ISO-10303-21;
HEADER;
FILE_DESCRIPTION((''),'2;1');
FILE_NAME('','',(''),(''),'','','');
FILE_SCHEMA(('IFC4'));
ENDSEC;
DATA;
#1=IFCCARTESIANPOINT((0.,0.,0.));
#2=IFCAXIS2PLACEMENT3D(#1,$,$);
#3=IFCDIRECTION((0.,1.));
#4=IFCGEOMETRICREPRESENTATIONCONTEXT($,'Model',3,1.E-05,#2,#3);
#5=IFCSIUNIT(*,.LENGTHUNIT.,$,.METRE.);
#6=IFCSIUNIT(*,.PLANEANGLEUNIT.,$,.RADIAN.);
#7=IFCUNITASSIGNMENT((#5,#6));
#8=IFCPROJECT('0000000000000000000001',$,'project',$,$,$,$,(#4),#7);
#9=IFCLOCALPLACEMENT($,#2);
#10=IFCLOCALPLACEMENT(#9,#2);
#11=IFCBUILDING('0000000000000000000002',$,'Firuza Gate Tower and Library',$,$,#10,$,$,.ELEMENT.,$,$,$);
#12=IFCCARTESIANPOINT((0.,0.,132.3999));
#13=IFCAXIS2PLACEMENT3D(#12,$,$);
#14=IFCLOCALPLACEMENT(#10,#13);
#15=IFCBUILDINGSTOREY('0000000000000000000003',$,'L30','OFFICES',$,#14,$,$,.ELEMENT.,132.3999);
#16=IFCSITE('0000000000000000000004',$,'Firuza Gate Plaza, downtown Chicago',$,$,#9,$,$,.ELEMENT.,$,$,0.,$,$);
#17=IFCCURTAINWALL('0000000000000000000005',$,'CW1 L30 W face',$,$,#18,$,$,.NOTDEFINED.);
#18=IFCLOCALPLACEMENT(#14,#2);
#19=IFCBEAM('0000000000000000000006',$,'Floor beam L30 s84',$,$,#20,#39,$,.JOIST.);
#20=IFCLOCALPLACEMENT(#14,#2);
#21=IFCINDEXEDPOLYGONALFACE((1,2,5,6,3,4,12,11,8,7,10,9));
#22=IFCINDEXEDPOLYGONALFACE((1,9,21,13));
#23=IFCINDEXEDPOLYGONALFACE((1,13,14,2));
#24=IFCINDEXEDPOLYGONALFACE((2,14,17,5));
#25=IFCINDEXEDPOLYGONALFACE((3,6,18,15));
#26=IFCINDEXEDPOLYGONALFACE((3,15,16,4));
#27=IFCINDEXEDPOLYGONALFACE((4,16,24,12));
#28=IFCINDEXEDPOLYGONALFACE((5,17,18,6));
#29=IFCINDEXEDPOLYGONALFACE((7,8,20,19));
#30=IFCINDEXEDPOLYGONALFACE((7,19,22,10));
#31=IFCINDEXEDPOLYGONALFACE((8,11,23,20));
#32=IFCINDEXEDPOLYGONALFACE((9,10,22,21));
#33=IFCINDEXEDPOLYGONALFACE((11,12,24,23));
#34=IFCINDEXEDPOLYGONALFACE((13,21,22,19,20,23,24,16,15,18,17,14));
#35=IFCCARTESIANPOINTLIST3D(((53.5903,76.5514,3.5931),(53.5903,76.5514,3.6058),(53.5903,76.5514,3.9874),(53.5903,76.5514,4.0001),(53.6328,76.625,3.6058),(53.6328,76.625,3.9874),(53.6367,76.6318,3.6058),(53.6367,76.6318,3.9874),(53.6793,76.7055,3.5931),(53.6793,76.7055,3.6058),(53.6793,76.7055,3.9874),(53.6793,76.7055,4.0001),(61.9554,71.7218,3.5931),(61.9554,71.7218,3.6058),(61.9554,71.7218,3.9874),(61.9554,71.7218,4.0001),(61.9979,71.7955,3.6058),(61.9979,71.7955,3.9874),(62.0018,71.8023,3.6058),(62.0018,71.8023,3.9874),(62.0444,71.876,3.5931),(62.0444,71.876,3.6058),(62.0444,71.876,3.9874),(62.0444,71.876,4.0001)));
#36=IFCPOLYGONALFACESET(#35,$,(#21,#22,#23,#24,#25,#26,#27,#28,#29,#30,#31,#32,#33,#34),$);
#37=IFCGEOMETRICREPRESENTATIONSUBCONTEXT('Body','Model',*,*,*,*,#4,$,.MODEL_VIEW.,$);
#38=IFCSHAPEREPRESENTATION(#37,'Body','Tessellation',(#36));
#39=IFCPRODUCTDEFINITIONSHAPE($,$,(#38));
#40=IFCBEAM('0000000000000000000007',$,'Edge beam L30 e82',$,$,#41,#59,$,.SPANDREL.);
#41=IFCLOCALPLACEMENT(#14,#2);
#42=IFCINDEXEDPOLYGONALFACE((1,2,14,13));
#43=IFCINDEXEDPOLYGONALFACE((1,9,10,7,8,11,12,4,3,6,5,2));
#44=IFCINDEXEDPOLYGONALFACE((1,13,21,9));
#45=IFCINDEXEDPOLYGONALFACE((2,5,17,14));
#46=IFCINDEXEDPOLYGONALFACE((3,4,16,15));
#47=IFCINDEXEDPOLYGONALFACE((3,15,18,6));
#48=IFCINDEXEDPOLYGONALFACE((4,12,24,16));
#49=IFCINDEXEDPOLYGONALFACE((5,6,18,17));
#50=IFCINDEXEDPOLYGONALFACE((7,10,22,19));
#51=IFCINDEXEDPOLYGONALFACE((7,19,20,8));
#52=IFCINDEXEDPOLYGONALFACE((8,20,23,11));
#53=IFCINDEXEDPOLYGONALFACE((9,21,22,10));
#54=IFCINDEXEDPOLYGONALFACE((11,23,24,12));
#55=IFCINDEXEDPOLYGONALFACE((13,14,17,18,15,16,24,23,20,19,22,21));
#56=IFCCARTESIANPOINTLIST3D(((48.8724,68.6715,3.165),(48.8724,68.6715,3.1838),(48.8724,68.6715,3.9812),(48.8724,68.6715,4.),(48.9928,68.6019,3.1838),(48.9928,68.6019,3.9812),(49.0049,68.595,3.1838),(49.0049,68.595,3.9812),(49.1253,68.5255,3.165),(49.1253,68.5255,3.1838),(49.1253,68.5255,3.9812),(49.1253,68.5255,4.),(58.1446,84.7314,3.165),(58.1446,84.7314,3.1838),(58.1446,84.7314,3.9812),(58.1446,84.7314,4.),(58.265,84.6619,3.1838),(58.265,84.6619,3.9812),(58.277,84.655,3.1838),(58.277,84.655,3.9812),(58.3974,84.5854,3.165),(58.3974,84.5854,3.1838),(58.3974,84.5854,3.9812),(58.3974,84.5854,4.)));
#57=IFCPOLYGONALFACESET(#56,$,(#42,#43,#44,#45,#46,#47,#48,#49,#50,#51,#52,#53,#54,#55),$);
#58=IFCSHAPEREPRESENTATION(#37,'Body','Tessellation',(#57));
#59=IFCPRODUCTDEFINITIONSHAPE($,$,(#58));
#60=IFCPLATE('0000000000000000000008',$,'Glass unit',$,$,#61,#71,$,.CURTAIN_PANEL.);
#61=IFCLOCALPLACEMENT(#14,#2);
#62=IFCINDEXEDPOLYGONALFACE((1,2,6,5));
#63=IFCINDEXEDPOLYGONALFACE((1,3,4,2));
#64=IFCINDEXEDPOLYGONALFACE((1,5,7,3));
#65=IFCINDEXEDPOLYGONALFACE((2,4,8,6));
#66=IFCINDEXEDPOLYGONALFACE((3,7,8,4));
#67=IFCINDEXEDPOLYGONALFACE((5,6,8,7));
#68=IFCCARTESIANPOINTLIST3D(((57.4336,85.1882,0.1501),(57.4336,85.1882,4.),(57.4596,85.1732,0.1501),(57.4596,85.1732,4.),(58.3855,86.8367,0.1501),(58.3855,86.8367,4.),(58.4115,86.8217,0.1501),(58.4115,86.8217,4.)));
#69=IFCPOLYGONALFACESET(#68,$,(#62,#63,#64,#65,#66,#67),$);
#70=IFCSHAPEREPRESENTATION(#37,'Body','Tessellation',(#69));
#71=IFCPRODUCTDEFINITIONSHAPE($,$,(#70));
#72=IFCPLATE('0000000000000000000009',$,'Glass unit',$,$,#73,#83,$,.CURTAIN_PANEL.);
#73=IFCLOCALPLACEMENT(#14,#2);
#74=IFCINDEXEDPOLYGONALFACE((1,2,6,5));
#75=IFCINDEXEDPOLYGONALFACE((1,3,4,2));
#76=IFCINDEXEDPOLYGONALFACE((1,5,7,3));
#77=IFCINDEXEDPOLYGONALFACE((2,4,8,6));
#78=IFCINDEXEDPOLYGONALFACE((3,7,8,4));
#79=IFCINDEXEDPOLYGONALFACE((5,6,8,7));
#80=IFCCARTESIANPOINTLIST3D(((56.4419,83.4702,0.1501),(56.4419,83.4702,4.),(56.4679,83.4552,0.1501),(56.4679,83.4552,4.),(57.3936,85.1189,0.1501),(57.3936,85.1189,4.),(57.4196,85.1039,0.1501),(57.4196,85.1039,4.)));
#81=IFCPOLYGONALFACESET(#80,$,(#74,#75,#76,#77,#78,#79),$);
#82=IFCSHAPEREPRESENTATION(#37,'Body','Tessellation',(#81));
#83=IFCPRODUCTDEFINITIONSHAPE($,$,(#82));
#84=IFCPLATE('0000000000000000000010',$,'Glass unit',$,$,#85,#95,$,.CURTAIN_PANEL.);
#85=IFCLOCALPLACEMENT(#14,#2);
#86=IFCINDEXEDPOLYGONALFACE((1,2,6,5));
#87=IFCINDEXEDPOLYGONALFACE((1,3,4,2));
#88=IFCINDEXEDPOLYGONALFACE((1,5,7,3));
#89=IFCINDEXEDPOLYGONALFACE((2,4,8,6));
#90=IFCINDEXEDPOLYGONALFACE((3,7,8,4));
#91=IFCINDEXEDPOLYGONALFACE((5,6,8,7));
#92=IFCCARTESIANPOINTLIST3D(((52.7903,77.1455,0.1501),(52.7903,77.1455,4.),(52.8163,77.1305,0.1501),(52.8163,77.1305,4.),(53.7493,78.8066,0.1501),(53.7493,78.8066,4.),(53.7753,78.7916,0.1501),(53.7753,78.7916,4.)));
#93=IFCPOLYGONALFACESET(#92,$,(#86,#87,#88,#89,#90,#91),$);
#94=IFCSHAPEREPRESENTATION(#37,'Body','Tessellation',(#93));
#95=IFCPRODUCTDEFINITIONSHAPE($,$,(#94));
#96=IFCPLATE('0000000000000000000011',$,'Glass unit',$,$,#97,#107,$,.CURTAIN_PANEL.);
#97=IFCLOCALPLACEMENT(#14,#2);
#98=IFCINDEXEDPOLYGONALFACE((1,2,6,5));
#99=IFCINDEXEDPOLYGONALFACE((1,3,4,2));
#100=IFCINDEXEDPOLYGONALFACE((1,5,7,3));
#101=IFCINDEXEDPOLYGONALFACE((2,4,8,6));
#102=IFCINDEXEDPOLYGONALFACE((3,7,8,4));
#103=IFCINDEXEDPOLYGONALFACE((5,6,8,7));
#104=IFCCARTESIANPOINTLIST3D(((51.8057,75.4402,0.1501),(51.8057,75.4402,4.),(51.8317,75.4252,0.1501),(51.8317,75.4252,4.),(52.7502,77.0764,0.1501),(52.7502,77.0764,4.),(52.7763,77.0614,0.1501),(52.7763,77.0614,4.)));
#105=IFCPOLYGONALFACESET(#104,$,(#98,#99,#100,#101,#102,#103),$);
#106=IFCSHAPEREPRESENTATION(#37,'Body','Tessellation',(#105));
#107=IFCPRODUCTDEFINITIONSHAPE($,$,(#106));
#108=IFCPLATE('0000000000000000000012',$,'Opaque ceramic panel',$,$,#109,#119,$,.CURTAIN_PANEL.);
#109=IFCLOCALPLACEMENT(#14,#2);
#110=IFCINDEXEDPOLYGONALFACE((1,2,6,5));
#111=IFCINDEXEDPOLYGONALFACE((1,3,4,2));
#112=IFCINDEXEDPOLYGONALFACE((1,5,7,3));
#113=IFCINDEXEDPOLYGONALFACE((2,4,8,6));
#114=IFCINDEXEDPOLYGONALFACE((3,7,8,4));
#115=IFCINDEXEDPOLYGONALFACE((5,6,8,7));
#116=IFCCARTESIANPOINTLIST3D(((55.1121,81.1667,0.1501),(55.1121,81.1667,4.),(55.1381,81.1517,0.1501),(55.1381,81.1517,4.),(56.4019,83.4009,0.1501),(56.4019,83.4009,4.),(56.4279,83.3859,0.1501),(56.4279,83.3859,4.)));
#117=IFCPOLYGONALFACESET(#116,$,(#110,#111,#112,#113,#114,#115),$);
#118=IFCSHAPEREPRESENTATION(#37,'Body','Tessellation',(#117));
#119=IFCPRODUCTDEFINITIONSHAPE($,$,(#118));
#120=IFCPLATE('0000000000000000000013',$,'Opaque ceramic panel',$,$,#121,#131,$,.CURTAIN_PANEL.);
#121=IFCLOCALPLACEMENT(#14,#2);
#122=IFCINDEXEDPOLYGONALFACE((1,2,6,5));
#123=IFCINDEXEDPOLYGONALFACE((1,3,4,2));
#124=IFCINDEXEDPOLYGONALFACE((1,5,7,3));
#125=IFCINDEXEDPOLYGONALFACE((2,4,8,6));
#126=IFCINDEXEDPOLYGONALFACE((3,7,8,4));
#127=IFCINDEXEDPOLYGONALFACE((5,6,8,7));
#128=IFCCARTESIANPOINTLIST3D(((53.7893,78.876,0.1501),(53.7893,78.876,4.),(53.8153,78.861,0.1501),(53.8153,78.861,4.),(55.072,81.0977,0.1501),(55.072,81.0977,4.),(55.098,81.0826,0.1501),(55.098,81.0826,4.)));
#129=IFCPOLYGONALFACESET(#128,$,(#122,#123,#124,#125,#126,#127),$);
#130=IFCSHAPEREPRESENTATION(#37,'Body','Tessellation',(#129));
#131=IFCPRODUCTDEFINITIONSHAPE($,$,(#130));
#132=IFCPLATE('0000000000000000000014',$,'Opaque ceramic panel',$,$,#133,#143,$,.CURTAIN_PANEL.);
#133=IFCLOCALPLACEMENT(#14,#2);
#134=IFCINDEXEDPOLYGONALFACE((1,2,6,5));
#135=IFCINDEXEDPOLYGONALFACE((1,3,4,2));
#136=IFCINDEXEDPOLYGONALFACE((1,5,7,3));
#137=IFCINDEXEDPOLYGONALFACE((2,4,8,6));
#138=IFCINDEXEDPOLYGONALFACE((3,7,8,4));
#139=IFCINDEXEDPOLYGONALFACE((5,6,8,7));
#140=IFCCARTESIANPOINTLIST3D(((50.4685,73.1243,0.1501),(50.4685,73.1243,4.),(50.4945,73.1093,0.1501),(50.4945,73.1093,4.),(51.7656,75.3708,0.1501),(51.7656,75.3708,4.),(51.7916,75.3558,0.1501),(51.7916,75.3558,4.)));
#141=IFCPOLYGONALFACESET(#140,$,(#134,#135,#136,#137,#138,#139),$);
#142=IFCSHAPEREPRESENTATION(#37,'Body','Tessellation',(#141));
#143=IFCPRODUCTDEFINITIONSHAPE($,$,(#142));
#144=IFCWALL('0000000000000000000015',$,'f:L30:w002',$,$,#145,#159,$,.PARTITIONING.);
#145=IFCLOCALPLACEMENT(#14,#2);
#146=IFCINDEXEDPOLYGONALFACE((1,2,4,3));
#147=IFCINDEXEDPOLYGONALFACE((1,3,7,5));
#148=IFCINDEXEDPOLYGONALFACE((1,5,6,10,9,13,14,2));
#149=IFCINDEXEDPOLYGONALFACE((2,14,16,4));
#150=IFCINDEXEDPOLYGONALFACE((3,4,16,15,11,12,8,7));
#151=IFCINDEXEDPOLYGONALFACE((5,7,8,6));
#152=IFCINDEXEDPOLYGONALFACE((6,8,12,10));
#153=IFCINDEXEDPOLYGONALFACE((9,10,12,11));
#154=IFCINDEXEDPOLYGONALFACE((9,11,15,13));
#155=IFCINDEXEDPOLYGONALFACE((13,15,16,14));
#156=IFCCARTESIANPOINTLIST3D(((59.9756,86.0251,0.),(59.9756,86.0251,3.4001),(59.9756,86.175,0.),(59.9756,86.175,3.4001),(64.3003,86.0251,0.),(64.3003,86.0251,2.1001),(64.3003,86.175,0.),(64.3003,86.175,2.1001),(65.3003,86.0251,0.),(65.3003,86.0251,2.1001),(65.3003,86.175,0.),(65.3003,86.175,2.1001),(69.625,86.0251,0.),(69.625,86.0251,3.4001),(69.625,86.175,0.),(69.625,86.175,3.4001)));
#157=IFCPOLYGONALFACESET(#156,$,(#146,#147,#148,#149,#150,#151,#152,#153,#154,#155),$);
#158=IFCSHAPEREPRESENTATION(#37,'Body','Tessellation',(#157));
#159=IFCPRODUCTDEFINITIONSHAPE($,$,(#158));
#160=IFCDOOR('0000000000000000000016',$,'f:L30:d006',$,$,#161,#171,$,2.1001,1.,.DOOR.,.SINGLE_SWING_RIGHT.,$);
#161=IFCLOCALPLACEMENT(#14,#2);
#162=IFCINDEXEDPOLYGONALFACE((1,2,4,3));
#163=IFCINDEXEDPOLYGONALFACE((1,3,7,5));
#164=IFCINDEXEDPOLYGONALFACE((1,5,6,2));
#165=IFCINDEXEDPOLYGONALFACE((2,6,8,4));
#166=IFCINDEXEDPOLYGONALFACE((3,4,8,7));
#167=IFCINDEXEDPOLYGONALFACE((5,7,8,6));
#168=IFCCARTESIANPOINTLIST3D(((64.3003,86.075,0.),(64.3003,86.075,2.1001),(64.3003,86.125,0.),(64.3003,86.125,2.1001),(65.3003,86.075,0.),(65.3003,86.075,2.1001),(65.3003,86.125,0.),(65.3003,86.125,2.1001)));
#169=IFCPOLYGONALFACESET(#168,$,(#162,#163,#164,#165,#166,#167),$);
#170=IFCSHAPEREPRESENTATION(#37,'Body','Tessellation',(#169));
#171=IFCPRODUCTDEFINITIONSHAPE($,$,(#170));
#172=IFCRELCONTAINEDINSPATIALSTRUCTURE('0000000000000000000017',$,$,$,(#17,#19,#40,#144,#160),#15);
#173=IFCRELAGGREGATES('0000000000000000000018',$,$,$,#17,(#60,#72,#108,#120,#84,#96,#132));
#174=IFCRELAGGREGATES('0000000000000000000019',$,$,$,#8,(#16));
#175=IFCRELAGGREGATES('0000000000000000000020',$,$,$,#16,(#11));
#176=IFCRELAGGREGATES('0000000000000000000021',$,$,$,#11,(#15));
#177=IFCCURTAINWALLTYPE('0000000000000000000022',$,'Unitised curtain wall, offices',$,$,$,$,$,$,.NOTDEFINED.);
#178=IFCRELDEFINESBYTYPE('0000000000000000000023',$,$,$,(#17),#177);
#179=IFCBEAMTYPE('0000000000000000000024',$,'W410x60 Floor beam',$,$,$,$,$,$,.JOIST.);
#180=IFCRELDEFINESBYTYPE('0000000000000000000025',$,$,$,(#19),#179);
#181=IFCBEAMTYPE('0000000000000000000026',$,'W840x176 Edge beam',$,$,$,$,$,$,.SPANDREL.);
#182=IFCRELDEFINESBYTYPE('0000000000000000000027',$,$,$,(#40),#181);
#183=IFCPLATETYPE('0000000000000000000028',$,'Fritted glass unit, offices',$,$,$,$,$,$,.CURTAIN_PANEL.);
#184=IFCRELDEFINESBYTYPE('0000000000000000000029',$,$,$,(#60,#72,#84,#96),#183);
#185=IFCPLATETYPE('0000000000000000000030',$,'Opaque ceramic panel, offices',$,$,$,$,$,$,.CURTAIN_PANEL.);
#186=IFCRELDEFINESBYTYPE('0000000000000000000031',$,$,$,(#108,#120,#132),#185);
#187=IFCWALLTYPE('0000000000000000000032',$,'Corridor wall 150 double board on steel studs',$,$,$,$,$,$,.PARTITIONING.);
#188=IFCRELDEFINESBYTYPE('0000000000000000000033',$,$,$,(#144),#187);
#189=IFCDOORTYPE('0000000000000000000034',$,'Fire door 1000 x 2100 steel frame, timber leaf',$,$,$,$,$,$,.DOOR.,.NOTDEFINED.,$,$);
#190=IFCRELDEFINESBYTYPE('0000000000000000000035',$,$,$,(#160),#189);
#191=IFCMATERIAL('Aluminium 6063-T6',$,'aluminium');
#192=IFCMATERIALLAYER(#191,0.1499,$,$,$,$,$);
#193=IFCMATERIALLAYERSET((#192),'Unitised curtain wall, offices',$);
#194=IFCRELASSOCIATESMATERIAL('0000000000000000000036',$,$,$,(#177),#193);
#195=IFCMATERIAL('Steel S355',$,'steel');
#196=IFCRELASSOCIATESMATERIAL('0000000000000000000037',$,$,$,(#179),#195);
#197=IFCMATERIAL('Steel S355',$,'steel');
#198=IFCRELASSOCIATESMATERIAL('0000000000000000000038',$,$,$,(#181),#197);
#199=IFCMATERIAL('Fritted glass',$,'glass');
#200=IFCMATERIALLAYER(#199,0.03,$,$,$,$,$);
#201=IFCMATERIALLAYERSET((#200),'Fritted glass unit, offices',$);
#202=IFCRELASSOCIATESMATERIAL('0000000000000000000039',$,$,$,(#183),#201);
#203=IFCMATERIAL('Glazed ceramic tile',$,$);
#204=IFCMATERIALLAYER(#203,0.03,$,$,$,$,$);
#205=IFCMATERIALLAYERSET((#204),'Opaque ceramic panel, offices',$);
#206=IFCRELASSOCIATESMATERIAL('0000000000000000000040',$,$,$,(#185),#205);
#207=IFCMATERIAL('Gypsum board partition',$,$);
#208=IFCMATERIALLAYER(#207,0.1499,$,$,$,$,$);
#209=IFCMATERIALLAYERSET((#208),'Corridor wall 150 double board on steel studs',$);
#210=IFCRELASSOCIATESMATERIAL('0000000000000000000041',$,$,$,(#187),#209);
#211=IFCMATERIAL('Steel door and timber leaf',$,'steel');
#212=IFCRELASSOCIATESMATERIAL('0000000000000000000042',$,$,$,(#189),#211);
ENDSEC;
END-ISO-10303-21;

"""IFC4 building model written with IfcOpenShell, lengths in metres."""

from ifc_helpers import new_model, si_unit, direction, frame, frame_2d, origin, origin_2d, place, context, subcontext, project, spatial, polyline, rectangle, i_section, outline, extrude, material, layer, layer_set, material_profile, profile_set, type_object, element, fill, aggregate, save


model = new_model("IFC4")

# Units and contexts
model_context = context("Model", 3, precision=1e-05, world=origin(), true_north=direction((0.0, 1.0)))
body_context = subcontext(model_context, "Body", "Model", "MODEL_VIEW")
ifc_project = project(units=[si_unit("LENGTHUNIT", "METRE"), si_unit("PLANEANGLEUNIT", "RADIAN")], contexts=[model_context])

# Site, building, storey
site_placement = place(None, origin())
site = spatial("IfcSite", under=ifc_project, at=site_placement, Name="Firuza Gate Plaza, downtown Chicago", CompositionType="ELEMENT", RefElevation=0.0)
building_placement = place(site_placement, origin())
building = spatial("IfcBuilding", under=site, at=building_placement, Name="Firuza Gate Tower and Library", CompositionType="ELEMENT")
storey_placement = place(building_placement, frame((0.0, 0.0, 132.3999)))
storey = spatial("IfcBuildingStorey", under=building, at=storey_placement, Name="L30", Description="OFFICES", CompositionType="ELEMENT", Elevation=132.3999)

# Curtain wall
ifc_material_1 = material(Name="Aluminium 6063-T6", Category="aluminium")
ifc_layer_1 = layer(ifc_material_1, 0.1499)
ifc_layer_set_1 = layer_set([ifc_layer_1], Name="Unitised curtain wall, offices")
curtain_wall_type = type_object("IfcCurtainWallType", Name="Unitised curtain wall, offices", PredefinedType="NOTDEFINED", material=ifc_layer_set_1)
curtain_wall_placement = place(storey_placement, origin())
curtain_wall = element("IfcCurtainWall", 1, at=curtain_wall_placement, inside=storey, type_object=curtain_wall_type, Name="CW1 L30 W face", PredefinedType="NOTDEFINED")

# Beams
ifc_material_2 = material(Name="Steel S355", Category="steel")
ifc_material_profile_1 = material_profile(ifc_material_2, i_section(OverallWidth=0.178, OverallDepth=0.407, WebThickness=0.0078, FlangeThickness=0.0127, at=origin_2d()))
ifc_profile_set_1 = profile_set([ifc_material_profile_1], Name="Steel S355")
beam_type_1 = type_object("IfcBeamType", Name="W410x60 Floor beam", PredefinedType="JOIST", material=ifc_profile_set_1)
beam_1_placement = place(storey_placement, frame((53.6348, 76.6284, 3.7966), z_axis=(0.866029, -0.499994, 0.0), x_axis=(0.499994, 0.866029, 0.0)))
element("IfcBeam", 2, at=beam_1_placement, inside=storey, type_object=beam_type_1, Name="Floor beam L30 s84", PredefinedType="JOIST", context=body_context, shape_type="SweptSolid", body=[
    extrude(i_section(OverallWidth=0.178, OverallDepth=0.407, WebThickness=0.0078, FlangeThickness=0.0127, at=origin_2d()), origin(), (0.0, 0.0, 1.0), 9.6592),
])
ifc_material_3 = material(Name="Steel S355", Category="steel")
ifc_material_profile_2 = material_profile(ifc_material_3, i_section(OverallWidth=0.292, OverallDepth=0.835, WebThickness=0.0139, FlangeThickness=0.0188, at=origin_2d()))
ifc_profile_set_2 = profile_set([ifc_material_profile_2], Name="Steel S355")
beam_type_2 = type_object("IfcBeamType", Name="W840x176 Edge beam", PredefinedType="SPANDREL", material=ifc_profile_set_2)
beam_2_placement = place(storey_placement, frame((58.271, 84.6584, 3.5825), z_axis=(-0.499997, -0.866027, 0.0), x_axis=(0.866027, -0.499997, 0.0)))
element("IfcBeam", 3, at=beam_2_placement, inside=storey, type_object=beam_type_2, Name="Edge beam L30 e82", PredefinedType="SPANDREL", context=body_context, shape_type="SweptSolid", body=[
    extrude(i_section(OverallWidth=0.292, OverallDepth=0.835, WebThickness=0.0139, FlangeThickness=0.0188, at=origin_2d()), origin(), (0.0, 0.0, 1.0), 18.5444),
])

# Plates
ifc_material_4 = material(Name="Fritted glass", Category="glass")
ifc_layer_2 = layer(ifc_material_4, 0.03)
ifc_layer_set_2 = layer_set([ifc_layer_2], Name="Fritted glass unit, offices")
plate_type_1 = type_object("IfcPlateType", Name="Fritted glass unit, offices", PredefinedType="CURTAIN_PANEL", material=ifc_layer_set_2)
plate_1_placement = place(storey_placement, frame((58.3855, 86.8367, 0.1501), z_axis=(-0.865985, 0.50007, 0.0), x_axis=(-0.50007, -0.865985, 0.0)))
plate_1 = element("IfcPlate", 4, at=plate_1_placement, type_object=plate_type_1, Name="Glass unit", PredefinedType="CURTAIN_PANEL", context=body_context, shape_type="SweptSolid", body=[
    extrude(outline(polyline([(0.0, 0.0), (1.9035, 0.0), (1.9035, 3.8499), (0.0, 3.8499), (0.0, 0.0)])), origin(), (0.0, 0.0, -1.0), 0.03),
])
plate_2_placement = place(storey_placement, frame((57.3936, 85.1189, 0.1501), z_axis=(-0.866072, 0.499919, 0.0), x_axis=(-0.499919, -0.866072, 0.0)))
plate_2 = element("IfcPlate", 5, at=plate_2_placement, type_object=plate_type_1, Name="Glass unit", PredefinedType="CURTAIN_PANEL", context=body_context, shape_type="SweptSolid", body=[
    extrude(outline(polyline([(0.0, 0.0), (1.9036, 0.0), (1.9036, 3.8499), (0.0, 3.8499), (0.0, 0.0)])), origin(), (0.0, 0.0, -1.0), 0.03),
])
plate_3_placement = place(storey_placement, frame((53.7493, 78.8066, 0.1501), z_axis=(-0.866041, 0.499972, 0.0), x_axis=(-0.499972, -0.866041, 0.0)))
plate_3 = element("IfcPlate", 6, at=plate_3_placement, type_object=plate_type_1, Name="Glass unit", PredefinedType="CURTAIN_PANEL", context=body_context, shape_type="SweptSolid", body=[
    extrude(outline(polyline([(0.0, 0.0), (1.9181, 0.0), (1.9181, 3.8499), (0.0, 3.8499), (0.0, 0.0)])), origin(), (0.0, 0.0, -1.0), 0.03),
])
plate_4_placement = place(storey_placement, frame((52.7502, 77.0764, 0.1501), z_axis=(-0.866048, 0.499961, 0.0), x_axis=(-0.499961, -0.866048, 0.0)))
plate_4 = element("IfcPlate", 7, at=plate_4_placement, type_object=plate_type_1, Name="Glass unit", PredefinedType="CURTAIN_PANEL", context=body_context, shape_type="SweptSolid", body=[
    extrude(outline(polyline([(0.0, 0.0), (1.8893, 0.0), (1.8893, 3.8499), (0.0, 3.8499), (0.0, 0.0)])), origin(), (0.0, 0.0, -1.0), 0.03),
])
ifc_material_5 = material(Name="Glazed ceramic tile")
ifc_layer_3 = layer(ifc_material_5, 0.03)
ifc_layer_set_3 = layer_set([ifc_layer_3], Name="Opaque ceramic panel, offices")
plate_type_2 = type_object("IfcPlateType", Name="Opaque ceramic panel, offices", PredefinedType="CURTAIN_PANEL", material=ifc_layer_set_3)
plate_5_placement = place(storey_placement, frame((56.4019, 83.4009, 0.1501), z_axis=(-0.866039, 0.499976, 0.0), x_axis=(-0.499976, -0.866039, 0.0)))
plate_5 = element("IfcPlate", 8, at=plate_5_placement, type_object=plate_type_2, Name="Opaque ceramic panel", PredefinedType="CURTAIN_PANEL", context=body_context, shape_type="SweptSolid", body=[
    extrude(outline(polyline([(0.0, 0.0), (2.5797, 0.0), (2.5797, 3.8499), (0.0, 3.8499), (0.0, 0.0)])), origin(), (0.0, 0.0, -1.0), 0.03),
])
plate_6_placement = place(storey_placement, frame((55.072, 81.0977, 0.1501), z_axis=(-0.866021, 0.500008, 0.0), x_axis=(-0.500008, -0.866021, 0.0)))
plate_6 = element("IfcPlate", 9, at=plate_6_placement, type_object=plate_type_2, Name="Opaque ceramic panel", PredefinedType="CURTAIN_PANEL", context=body_context, shape_type="SweptSolid", body=[
    extrude(outline(polyline([(0.0, 0.0), (2.5654, 0.0), (2.5654, 3.8499), (0.0, 3.8499), (0.0, 0.0)])), origin(), (0.0, 0.0, -1.0), 0.03),
])
plate_7_placement = place(storey_placement, frame((51.7656, 75.3708, 0.1501), z_axis=(-0.866016, 0.500016, 0.0), x_axis=(-0.500016, -0.866016, 0.0)))
plate_7 = element("IfcPlate", 10, at=plate_7_placement, type_object=plate_type_2, Name="Opaque ceramic panel", PredefinedType="CURTAIN_PANEL", context=body_context, shape_type="SweptSolid", body=[
    extrude(outline(polyline([(0.0, 0.0), (2.5942, 0.0), (2.5942, 3.8499), (0.0, 3.8499), (0.0, 0.0)])), origin(), (0.0, 0.0, -1.0), 0.03),
])
aggregate(curtain_wall, [plate_1, plate_2, plate_5, plate_6, plate_3, plate_4, plate_7])

# Wall, opening, door
ifc_material_6 = material(Name="Gypsum board partition")
ifc_layer_4 = layer(ifc_material_6, 0.1499)
ifc_layer_set_4 = layer_set([ifc_layer_4], Name="Corridor wall 150 double board on steel studs")
wall_type_1 = type_object("IfcWallType", Name="Corridor wall 150 double board on steel studs", PredefinedType="PARTITIONING", material=ifc_layer_set_4)
wall_1_placement = place(storey_placement, frame((59.9756, 86.1001, 0.0), z_axis=(0.0, 0.0, 1.0), x_axis=(1.0, 0.0, 0.0)))
wall_1 = element("IfcWall", 11, at=wall_1_placement, inside=storey, type_object=wall_type_1, Name="f:L30:w002", PredefinedType="PARTITIONING", context=body_context, shape_type="SweptSolid", body=[
    extrude(rectangle(XDim=9.6494, YDim=0.1499, at=frame_2d((4.8247, 0.0))), origin(), (0.0, 0.0, 1.0), 3.4001),
])
opening_1_placement = place(wall_1_placement, frame((4.3247, 0.0, 0.0)))
opening_1 = element("IfcOpeningElement", 12, at=opening_1_placement, cuts=wall_1, PredefinedType="OPENING", context=body_context, shape_type="SweptSolid", body=[
    extrude(rectangle(XDim=1.0, YDim=2.1001, at=frame_2d((0.5, 1.05))), frame((0.0, 0.085, 0.0), z_axis=(0.0, -1.0, 0.0), x_axis=(1.0, 0.0, 0.0)), (0.0, 0.0, 1.0), 0.1699),
])
ifc_material_7 = material(Name="Steel door and timber leaf", Category="steel")
door_type_1 = type_object("IfcDoorType", Name="Fire door 1000 x 2100 steel frame, timber leaf", OperationType="NOTDEFINED", PredefinedType="DOOR", material=ifc_material_7)
door_1_placement = place(opening_1_placement, origin())
door_1 = element("IfcDoor", 13, at=door_1_placement, inside=storey, type_object=door_type_1, Name="f:L30:d006", OperationType="SINGLE_SWING_RIGHT", OverallHeight=2.1001, OverallWidth=1.0, PredefinedType="DOOR", context=body_context, shape_type="SweptSolid", body=[
    extrude(rectangle(XDim=1.0, YDim=2.1001, at=frame_2d((0.5, 1.05))), frame((0.0, 0.0249, 0.0), z_axis=(0.0, -1.0, 0.0), x_axis=(1.0, 0.0, 0.0)), (0.0, 0.0, 1.0), 0.05),
])
fill(opening_1, door_1)

save(model, "model.ifc")
